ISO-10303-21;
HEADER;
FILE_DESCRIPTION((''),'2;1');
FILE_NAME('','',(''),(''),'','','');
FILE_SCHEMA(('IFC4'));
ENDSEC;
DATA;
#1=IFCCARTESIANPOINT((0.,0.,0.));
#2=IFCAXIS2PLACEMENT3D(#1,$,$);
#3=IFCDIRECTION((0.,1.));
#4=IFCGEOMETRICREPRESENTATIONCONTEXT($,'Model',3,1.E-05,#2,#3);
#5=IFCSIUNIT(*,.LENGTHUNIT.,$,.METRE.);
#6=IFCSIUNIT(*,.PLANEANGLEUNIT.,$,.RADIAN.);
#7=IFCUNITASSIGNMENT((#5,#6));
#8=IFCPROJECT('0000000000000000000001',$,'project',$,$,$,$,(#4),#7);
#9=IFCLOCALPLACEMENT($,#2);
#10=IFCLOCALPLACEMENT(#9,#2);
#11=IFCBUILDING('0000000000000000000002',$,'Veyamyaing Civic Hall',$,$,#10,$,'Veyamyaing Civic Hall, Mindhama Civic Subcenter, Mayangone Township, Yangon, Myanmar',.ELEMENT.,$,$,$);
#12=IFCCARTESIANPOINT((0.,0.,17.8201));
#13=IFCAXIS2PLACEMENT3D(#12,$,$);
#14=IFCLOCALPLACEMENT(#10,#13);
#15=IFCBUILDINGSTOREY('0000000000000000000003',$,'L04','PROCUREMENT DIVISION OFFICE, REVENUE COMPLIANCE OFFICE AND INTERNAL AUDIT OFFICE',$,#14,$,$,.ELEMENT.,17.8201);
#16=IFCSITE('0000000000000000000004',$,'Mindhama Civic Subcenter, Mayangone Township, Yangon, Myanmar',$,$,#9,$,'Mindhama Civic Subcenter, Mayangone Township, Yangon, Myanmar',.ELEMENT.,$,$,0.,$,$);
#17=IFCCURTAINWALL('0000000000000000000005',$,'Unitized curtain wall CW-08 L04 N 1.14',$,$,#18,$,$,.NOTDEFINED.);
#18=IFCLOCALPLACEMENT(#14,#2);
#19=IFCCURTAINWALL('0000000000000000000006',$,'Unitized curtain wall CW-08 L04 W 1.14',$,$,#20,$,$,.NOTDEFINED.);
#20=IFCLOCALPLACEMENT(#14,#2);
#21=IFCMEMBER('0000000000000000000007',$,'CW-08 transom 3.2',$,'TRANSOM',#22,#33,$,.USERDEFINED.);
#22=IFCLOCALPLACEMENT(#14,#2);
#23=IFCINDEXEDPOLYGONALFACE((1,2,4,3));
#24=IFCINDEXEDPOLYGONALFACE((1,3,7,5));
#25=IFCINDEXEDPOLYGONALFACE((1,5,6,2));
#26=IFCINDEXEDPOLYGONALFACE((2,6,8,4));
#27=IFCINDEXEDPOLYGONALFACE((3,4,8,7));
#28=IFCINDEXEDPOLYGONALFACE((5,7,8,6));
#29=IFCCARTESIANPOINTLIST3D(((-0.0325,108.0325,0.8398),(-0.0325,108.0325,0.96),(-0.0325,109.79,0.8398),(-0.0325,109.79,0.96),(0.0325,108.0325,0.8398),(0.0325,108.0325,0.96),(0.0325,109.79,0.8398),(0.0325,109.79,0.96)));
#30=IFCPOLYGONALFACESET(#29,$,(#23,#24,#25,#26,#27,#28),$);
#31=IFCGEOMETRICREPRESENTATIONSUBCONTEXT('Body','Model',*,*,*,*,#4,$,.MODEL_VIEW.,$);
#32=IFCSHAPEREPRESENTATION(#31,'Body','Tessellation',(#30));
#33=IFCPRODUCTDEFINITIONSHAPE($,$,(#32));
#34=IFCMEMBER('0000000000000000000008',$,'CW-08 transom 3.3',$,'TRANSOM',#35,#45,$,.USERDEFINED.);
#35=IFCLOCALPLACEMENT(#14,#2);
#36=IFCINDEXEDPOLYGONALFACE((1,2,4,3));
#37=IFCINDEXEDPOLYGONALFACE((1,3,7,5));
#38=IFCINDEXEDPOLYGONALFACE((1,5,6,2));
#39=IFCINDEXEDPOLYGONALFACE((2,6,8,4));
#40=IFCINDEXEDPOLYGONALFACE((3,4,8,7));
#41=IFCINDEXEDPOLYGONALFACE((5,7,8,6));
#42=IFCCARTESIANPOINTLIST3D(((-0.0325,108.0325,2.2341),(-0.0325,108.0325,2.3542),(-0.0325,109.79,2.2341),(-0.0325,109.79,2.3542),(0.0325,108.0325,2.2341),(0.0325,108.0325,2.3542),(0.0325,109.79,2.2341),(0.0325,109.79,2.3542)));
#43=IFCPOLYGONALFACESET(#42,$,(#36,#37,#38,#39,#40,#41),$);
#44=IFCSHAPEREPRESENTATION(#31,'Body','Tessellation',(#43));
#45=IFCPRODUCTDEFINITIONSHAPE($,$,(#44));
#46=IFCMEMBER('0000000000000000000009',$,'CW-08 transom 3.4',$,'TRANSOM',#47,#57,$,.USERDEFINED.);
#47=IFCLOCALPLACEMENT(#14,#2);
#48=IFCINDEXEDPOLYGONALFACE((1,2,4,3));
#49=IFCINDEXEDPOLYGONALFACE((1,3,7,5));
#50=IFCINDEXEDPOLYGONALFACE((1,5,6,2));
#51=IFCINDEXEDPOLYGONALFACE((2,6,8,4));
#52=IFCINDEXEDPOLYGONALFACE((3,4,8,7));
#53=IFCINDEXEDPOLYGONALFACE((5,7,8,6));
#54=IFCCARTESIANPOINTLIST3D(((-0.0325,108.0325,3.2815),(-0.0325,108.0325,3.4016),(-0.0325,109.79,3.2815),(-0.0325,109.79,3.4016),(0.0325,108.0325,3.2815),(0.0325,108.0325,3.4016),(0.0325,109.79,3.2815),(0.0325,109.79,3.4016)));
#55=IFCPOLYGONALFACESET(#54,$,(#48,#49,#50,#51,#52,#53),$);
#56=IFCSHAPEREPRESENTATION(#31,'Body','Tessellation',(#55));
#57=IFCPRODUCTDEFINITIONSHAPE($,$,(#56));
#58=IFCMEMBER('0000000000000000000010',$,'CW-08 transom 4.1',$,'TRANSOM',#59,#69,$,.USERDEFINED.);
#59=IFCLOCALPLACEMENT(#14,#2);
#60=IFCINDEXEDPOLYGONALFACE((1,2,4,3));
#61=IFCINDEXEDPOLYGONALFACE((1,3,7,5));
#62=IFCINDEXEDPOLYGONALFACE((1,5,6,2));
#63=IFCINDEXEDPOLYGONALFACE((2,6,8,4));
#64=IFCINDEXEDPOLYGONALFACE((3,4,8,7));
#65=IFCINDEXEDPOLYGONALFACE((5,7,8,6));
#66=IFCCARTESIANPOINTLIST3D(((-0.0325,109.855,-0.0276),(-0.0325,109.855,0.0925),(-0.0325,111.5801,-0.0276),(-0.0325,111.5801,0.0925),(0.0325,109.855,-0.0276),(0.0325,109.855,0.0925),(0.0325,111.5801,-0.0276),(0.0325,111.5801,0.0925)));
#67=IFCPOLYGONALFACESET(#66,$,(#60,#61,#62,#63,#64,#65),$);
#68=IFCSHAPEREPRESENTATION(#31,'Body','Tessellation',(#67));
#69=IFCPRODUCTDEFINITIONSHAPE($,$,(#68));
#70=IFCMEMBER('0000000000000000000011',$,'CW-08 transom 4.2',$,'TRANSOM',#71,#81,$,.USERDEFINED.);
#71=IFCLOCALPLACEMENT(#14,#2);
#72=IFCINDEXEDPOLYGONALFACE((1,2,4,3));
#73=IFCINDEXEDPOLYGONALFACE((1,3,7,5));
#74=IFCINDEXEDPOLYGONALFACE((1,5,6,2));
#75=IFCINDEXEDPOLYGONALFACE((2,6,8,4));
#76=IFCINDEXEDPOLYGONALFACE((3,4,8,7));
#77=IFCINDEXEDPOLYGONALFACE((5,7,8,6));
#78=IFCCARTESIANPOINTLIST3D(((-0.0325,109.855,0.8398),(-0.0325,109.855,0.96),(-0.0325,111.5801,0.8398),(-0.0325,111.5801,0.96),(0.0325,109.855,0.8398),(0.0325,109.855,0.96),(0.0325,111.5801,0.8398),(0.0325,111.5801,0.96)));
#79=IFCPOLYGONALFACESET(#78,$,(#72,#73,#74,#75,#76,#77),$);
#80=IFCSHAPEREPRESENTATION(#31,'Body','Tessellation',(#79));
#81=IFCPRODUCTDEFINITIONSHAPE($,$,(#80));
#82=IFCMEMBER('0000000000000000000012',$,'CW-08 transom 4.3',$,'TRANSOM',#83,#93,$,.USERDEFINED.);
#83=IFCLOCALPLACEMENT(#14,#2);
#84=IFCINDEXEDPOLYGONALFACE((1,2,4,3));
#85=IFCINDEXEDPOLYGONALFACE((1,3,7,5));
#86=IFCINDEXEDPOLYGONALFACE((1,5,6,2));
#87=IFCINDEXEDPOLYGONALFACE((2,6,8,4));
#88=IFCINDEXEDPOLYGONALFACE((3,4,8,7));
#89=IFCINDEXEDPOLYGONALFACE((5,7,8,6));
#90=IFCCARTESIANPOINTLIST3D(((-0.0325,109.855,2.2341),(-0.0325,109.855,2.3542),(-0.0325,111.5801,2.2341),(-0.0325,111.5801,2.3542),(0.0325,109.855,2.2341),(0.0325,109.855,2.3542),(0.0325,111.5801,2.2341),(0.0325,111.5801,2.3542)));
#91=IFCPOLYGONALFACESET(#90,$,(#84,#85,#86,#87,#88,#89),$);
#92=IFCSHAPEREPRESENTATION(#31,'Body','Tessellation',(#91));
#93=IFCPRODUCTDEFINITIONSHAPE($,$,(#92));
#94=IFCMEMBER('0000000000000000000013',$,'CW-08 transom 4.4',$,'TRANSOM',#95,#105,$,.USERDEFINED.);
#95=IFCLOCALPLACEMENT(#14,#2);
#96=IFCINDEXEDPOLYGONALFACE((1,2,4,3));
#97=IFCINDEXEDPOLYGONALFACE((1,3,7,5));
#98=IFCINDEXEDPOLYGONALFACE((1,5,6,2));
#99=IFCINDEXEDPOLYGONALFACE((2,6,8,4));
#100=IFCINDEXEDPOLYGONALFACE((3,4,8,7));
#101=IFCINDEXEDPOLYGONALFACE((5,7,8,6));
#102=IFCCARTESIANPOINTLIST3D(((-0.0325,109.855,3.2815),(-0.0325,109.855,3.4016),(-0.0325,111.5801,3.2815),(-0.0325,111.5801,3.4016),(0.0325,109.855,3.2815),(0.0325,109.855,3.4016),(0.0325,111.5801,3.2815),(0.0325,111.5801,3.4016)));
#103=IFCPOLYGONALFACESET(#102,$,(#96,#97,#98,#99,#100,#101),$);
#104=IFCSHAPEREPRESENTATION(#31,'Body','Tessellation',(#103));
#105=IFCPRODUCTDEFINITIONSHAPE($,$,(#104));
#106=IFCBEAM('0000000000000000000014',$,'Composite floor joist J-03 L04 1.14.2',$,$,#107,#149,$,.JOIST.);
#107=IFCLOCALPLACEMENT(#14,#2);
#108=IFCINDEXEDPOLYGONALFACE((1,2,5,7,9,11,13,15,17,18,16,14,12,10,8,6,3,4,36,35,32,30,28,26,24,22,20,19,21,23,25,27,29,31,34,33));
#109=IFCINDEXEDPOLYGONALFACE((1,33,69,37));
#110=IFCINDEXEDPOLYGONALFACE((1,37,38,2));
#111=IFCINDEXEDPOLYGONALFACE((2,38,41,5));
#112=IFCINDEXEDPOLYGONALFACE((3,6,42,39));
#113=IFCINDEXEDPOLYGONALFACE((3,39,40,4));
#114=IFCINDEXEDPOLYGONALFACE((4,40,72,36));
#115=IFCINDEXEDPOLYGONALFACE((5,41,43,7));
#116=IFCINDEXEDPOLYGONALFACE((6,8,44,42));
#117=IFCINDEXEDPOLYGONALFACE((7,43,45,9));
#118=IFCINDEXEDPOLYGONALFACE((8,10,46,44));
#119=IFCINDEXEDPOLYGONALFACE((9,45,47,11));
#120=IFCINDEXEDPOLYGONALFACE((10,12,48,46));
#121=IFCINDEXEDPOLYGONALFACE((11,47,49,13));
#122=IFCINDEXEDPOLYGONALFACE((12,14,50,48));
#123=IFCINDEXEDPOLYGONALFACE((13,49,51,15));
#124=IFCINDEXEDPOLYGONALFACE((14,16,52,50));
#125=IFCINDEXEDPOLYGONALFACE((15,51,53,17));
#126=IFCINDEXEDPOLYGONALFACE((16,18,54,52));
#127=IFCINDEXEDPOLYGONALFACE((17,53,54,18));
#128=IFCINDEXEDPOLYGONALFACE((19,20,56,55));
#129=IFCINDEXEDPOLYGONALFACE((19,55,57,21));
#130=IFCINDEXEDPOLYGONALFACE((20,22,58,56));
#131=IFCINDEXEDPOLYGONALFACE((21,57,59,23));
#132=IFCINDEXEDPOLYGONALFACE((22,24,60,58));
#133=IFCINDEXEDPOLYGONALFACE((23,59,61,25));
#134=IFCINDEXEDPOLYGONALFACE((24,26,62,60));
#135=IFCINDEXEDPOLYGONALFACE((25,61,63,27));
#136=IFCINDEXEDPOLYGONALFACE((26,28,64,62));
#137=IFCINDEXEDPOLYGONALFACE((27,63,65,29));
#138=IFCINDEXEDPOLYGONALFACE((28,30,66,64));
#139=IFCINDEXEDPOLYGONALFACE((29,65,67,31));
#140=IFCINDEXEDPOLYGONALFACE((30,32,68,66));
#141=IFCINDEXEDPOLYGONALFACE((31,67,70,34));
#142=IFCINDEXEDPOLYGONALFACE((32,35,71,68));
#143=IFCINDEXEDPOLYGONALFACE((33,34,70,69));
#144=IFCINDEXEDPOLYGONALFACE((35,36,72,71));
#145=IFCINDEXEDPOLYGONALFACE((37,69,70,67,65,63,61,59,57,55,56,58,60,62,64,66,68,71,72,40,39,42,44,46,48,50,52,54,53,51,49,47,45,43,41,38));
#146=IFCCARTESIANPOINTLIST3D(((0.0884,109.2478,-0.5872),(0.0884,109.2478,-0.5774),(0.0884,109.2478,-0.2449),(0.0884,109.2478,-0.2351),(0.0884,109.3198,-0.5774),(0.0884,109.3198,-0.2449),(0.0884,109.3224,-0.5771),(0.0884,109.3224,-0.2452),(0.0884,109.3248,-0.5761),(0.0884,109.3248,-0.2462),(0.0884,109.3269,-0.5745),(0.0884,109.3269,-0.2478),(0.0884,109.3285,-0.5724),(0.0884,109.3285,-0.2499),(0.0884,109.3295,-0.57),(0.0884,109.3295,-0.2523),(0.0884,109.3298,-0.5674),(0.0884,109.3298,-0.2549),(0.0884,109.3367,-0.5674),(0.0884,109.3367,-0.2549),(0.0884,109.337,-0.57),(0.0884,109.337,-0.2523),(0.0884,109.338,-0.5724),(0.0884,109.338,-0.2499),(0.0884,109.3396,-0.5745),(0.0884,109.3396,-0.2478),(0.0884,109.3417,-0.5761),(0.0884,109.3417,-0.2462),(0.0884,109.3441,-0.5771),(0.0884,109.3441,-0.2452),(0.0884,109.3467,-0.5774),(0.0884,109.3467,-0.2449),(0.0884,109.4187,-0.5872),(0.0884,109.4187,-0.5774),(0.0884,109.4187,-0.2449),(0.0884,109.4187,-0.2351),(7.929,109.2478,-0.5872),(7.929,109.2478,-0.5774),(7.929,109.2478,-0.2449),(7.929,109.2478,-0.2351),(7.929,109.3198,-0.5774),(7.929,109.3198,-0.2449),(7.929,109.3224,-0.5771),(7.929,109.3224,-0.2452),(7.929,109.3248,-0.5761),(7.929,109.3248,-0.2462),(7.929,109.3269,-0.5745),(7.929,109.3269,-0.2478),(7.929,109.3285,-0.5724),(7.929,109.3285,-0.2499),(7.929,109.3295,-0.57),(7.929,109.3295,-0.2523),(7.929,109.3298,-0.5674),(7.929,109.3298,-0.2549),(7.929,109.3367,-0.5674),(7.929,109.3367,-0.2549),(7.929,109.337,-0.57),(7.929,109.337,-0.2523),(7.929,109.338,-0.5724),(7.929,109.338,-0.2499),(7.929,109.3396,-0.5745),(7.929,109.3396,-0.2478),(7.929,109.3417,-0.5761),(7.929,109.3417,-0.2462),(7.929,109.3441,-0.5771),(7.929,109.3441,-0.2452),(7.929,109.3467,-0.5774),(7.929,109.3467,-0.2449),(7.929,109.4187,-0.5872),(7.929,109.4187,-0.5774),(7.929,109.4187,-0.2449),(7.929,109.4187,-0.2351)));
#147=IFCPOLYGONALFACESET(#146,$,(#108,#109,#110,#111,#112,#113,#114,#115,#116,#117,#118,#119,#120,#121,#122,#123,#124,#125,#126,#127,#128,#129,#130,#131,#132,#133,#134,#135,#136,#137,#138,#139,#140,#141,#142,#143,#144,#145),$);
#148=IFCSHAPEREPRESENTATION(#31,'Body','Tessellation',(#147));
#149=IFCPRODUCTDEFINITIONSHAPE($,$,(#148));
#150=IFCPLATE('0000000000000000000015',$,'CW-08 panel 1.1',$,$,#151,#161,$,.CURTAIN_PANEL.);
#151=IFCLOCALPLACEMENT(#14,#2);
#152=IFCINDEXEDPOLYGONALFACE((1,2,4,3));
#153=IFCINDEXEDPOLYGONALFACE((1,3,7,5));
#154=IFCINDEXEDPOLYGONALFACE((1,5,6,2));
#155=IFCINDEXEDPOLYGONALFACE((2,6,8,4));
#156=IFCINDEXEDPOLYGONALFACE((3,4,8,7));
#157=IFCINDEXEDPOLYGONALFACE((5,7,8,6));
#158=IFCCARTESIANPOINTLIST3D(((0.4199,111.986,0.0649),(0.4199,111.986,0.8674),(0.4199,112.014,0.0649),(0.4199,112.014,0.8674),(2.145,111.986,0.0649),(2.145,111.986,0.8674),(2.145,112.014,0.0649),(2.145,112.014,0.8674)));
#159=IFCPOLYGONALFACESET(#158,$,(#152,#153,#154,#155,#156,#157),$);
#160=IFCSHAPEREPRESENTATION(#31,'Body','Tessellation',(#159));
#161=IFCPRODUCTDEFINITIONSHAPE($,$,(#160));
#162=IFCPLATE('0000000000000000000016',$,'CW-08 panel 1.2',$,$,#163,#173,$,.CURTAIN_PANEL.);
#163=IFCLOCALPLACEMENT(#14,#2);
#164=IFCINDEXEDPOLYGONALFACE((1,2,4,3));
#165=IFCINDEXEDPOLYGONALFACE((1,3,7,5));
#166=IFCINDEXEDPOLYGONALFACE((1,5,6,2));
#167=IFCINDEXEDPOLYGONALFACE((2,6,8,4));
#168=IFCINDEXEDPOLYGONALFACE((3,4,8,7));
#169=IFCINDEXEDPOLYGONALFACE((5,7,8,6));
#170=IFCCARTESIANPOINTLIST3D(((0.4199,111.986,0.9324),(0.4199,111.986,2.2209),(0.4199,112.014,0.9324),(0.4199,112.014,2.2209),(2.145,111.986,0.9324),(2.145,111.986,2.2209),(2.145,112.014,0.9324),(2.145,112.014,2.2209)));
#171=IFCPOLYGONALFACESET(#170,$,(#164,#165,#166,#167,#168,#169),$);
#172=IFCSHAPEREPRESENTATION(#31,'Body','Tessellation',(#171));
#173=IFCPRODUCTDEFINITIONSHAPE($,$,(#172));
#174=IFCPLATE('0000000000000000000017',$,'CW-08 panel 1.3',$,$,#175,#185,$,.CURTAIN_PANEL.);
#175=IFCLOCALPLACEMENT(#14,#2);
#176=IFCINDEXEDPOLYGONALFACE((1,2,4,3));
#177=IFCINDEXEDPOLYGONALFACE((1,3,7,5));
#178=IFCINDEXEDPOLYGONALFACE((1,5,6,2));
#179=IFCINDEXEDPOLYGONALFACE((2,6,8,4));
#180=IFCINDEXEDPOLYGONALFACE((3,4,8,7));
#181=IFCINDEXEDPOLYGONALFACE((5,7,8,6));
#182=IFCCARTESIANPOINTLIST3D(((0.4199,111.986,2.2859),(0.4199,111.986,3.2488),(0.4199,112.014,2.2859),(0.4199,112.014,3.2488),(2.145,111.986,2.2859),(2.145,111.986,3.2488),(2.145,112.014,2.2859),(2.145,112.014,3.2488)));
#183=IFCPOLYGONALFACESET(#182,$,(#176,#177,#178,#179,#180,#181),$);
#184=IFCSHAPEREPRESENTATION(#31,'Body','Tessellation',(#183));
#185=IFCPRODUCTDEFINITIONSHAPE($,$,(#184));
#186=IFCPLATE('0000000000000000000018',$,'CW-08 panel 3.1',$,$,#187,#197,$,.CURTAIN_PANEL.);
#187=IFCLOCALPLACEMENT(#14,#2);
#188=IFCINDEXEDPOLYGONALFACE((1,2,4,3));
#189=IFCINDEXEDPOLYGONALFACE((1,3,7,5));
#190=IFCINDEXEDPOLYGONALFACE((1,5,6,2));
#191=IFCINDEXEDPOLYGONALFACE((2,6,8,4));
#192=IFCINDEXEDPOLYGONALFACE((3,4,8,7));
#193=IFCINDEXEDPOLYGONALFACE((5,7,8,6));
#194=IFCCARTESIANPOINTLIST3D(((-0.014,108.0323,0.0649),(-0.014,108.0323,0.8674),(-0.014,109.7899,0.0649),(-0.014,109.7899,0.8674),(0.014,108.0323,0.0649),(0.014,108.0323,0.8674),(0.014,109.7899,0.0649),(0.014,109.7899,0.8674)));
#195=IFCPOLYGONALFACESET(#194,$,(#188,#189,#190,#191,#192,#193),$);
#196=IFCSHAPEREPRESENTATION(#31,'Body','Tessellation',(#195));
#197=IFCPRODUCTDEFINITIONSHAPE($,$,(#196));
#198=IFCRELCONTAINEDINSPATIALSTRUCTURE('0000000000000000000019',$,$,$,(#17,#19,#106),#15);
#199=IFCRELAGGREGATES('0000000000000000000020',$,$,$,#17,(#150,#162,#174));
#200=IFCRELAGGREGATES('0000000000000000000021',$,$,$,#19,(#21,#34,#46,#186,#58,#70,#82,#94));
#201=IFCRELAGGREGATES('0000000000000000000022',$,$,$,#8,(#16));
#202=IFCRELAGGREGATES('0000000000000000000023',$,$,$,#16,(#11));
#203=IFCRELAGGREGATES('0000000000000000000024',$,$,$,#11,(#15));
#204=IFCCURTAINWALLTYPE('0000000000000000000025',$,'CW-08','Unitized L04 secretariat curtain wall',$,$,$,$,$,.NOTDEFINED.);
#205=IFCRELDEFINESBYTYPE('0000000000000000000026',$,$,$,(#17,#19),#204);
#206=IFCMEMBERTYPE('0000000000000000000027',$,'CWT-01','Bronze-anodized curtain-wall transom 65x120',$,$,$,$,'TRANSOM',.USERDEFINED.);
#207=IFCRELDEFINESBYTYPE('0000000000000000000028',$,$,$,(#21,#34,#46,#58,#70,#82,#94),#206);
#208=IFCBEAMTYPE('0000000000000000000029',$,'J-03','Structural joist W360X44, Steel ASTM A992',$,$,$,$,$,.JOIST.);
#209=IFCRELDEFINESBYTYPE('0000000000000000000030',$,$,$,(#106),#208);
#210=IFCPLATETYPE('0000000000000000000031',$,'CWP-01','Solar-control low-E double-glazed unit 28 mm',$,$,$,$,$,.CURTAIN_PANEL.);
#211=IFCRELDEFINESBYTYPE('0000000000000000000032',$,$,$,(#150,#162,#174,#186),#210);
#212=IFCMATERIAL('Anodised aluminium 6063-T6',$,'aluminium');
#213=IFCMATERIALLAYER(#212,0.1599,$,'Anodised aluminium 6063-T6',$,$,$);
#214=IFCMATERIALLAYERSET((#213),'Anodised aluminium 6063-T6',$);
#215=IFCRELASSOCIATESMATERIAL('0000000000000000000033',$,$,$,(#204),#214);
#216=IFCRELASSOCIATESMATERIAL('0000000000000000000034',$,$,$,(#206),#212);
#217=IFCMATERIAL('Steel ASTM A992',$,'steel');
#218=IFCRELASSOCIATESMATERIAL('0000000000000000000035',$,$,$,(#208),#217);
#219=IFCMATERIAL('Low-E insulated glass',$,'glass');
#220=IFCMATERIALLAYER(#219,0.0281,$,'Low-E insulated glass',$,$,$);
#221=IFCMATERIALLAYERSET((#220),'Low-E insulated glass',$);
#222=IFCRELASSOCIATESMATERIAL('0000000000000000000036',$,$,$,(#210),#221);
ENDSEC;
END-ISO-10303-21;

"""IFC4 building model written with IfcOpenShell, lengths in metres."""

from ifc_helpers import new_model, si_unit, direction, frame, origin, origin_2d, place, context, subcontext, project, spatial, rectangle, i_section, extrude, material, layer, layer_set, material_profile, profile_set, type_object, element, aggregate, save


model = new_model("IFC4")

# Units and contexts
model_context = context("Model", 3, precision=1e-05, world=origin(), true_north=direction((0.0, 1.0)))
body_context = subcontext(model_context, "Body", "Model", "MODEL_VIEW")
ifc_project = project(units=[si_unit("LENGTHUNIT", "METRE"), si_unit("PLANEANGLEUNIT", "RADIAN")], contexts=[model_context])

# Site, building, storey
site_placement = place(None, origin())
site = spatial("IfcSite", under=ifc_project, at=site_placement, Name="Mindhama Civic Subcenter, Mayangone Township, Yangon, Myanmar", LongName="Mindhama Civic Subcenter, Mayangone Township, Yangon, Myanmar", CompositionType="ELEMENT", RefElevation=0.0)
building_placement = place(site_placement, origin())
building = spatial("IfcBuilding", under=site, at=building_placement, Name="Veyamyaing Civic Hall", LongName="Veyamyaing Civic Hall, Mindhama Civic Subcenter, Mayangone Township, Yangon, Myanmar", CompositionType="ELEMENT")
storey_placement = place(building_placement, frame((0.0, 0.0, 17.8201)))
storey = spatial("IfcBuildingStorey", under=building, at=storey_placement, Name="L04", Description="PROCUREMENT DIVISION OFFICE, REVENUE COMPLIANCE OFFICE AND INTERNAL AUDIT OFFICE", CompositionType="ELEMENT", Elevation=17.8201)

# Shared definitions
ifc_material_1 = material(Name="Steel ASTM A992", Category="steel")

# Curtain wall
ifc_material_2 = material(Name="Anodised aluminium 6063-T6", Category="aluminium")
ifc_layer_1 = layer(ifc_material_2, 0.1599, Name="Anodised aluminium 6063-T6")
ifc_layer_set_1 = layer_set([ifc_layer_1], Name="Anodised aluminium 6063-T6")
curtain_wall_type = type_object("IfcCurtainWallType", Name="CW-08", Description="Unitized L04 secretariat curtain wall", PredefinedType="NOTDEFINED", material=ifc_layer_set_1)
curtain_wall_1_placement = place(storey_placement, origin())
curtain_wall_1 = element("IfcCurtainWall", 1, at=curtain_wall_1_placement, inside=storey, type_object=curtain_wall_type, Name="Unitized curtain wall CW-08 L04 N 1.14", PredefinedType="NOTDEFINED")

# Curtain wall
curtain_wall_2_placement = place(storey_placement, origin())
curtain_wall_2 = element("IfcCurtainWall", 2, at=curtain_wall_2_placement, inside=storey, type_object=curtain_wall_type, Name="Unitized curtain wall CW-08 L04 W 1.14", PredefinedType="NOTDEFINED")

# Members
ifc_material_profile_1 = material_profile(ifc_material_2, rectangle(XDim=0.0649, YDim=0.1201, at=origin_2d()), Name="ALU-TRN-65X120")
ifc_profile_set_1 = profile_set([ifc_material_profile_1], Name="Anodised aluminium 6063-T6")
member_type_1 = type_object("IfcMemberType", Name="CWT-01", Description="Bronze-anodized curtain-wall transom 65x120", ElementType="TRANSOM", PredefinedType="USERDEFINED", material=ifc_profile_set_1)
member_1_placement = place(storey_placement, frame((0.0, 108.0325, 0.8999), z_axis=(0.0, 1.0, 0.0), x_axis=(-1.0, 0.0, 0.0)))
member_1 = element("IfcMember", 3, at=member_1_placement, type_object=member_type_1, Name="CW-08 transom 3.2", ObjectType="TRANSOM", PredefinedType="USERDEFINED", context=body_context, shape_type="SweptSolid", body=[
    extrude(rectangle(XDim=0.0649, YDim=0.1201, at=origin_2d()), origin(), (0.0, 0.0, 1.0), 1.7576),
])
member_2_placement = place(storey_placement, frame((0.0, 108.0325, 2.2942), z_axis=(0.0, 1.0, 0.0), x_axis=(-1.0, 0.0, 0.0)))
member_2 = element("IfcMember", 4, at=member_2_placement, type_object=member_type_1, Name="CW-08 transom 3.3", ObjectType="TRANSOM", PredefinedType="USERDEFINED", context=body_context, shape_type="SweptSolid", body=[
    extrude(rectangle(XDim=0.0649, YDim=0.1201, at=origin_2d()), origin(), (0.0, 0.0, 1.0), 1.7576),
])
member_3_placement = place(storey_placement, frame((0.0, 108.0325, 3.3416), z_axis=(0.0, 1.0, 0.0), x_axis=(-1.0, 0.0, 0.0)))
member_3 = element("IfcMember", 5, at=member_3_placement, type_object=member_type_1, Name="CW-08 transom 3.4", ObjectType="TRANSOM", PredefinedType="USERDEFINED", context=body_context, shape_type="SweptSolid", body=[
    extrude(rectangle(XDim=0.0649, YDim=0.1201, at=origin_2d()), origin(), (0.0, 0.0, 1.0), 1.7576),
])
member_4_placement = place(storey_placement, frame((0.0, 109.855, 0.0325), z_axis=(0.0, 1.0, 0.0), x_axis=(-1.0, 0.0, 0.0)))
member_4 = element("IfcMember", 6, at=member_4_placement, type_object=member_type_1, Name="CW-08 transom 4.1", ObjectType="TRANSOM", PredefinedType="USERDEFINED", context=body_context, shape_type="SweptSolid", body=[
    extrude(rectangle(XDim=0.0649, YDim=0.1201, at=origin_2d()), origin(), (0.0, 0.0, 1.0), 1.7251),
])
member_5_placement = place(storey_placement, frame((0.0, 109.855, 0.8999), z_axis=(0.0, 1.0, 0.0), x_axis=(-1.0, 0.0, 0.0)))
member_5 = element("IfcMember", 7, at=member_5_placement, type_object=member_type_1, Name="CW-08 transom 4.2", ObjectType="TRANSOM", PredefinedType="USERDEFINED", context=body_context, shape_type="SweptSolid", body=[
    extrude(rectangle(XDim=0.0649, YDim=0.1201, at=origin_2d()), origin(), (0.0, 0.0, 1.0), 1.7251),
])
member_6_placement = place(storey_placement, frame((0.0, 109.855, 2.2942), z_axis=(0.0, 1.0, 0.0), x_axis=(-1.0, 0.0, 0.0)))
member_6 = element("IfcMember", 8, at=member_6_placement, type_object=member_type_1, Name="CW-08 transom 4.3", ObjectType="TRANSOM", PredefinedType="USERDEFINED", context=body_context, shape_type="SweptSolid", body=[
    extrude(rectangle(XDim=0.0649, YDim=0.1201, at=origin_2d()), origin(), (0.0, 0.0, 1.0), 1.7251),
])
member_7_placement = place(storey_placement, frame((0.0, 109.855, 3.3416), z_axis=(0.0, 1.0, 0.0), x_axis=(-1.0, 0.0, 0.0)))
member_7 = element("IfcMember", 9, at=member_7_placement, type_object=member_type_1, Name="CW-08 transom 4.4", ObjectType="TRANSOM", PredefinedType="USERDEFINED", context=body_context, shape_type="SweptSolid", body=[
    extrude(rectangle(XDim=0.0649, YDim=0.1201, at=origin_2d()), origin(), (0.0, 0.0, 1.0), 1.7251),
])

# Beam
ifc_material_profile_2 = material_profile(ifc_material_1, i_section(OverallWidth=0.1709, OverallDepth=0.3521, WebThickness=0.0068, FlangeThickness=0.0098, FilletRadius=0.01, at=origin_2d()), Name="W360X44")
ifc_profile_set_2 = profile_set([ifc_material_profile_2], Name="Steel ASTM A992")
beam_type_1 = type_object("IfcBeamType", Name="J-03", Description="Structural joist W360X44, Steel ASTM A992", PredefinedType="JOIST", material=ifc_profile_set_2)
beam_1_placement = place(storey_placement, frame((0.0884, 109.3333, -0.4111), z_axis=(1.0, 0.0, 0.0), x_axis=(0.0, 1.0, 0.0)))
element("IfcBeam", 10, at=beam_1_placement, inside=storey, type_object=beam_type_1, Name="Composite floor joist J-03 L04 1.14.2", PredefinedType="JOIST", context=body_context, shape_type="SweptSolid", body=[
    extrude(i_section(OverallWidth=0.1709, OverallDepth=0.3521, WebThickness=0.0068, FlangeThickness=0.0098, FilletRadius=0.01, at=origin_2d()), origin(), (0.0, 0.0, 1.0), 7.8406),
])

# Plates
ifc_material_3 = material(Name="Low-E insulated glass", Category="glass")
ifc_layer_2 = layer(ifc_material_3, 0.0281, Name="Low-E insulated glass")
ifc_layer_set_2 = layer_set([ifc_layer_2], Name="Low-E insulated glass")
plate_type = type_object("IfcPlateType", Name="CWP-01", Description="Solar-control low-E double-glazed unit 28 mm", PredefinedType="CURTAIN_PANEL", material=ifc_layer_set_2)
plate_1_placement = place(storey_placement, frame((1.2825, 112.0, 0.0649), z_axis=(0.0, 0.0, 1.0), x_axis=(1.0, 0.0, 0.0)))
plate_1 = element("IfcPlate", 11, at=plate_1_placement, type_object=plate_type, Name="CW-08 panel 1.1", PredefinedType="CURTAIN_PANEL", context=body_context, shape_type="SweptSolid", body=[
    extrude(rectangle(XDim=1.7251, YDim=0.0281, at=origin_2d()), origin(), (0.0, 0.0, 1.0), 0.8025),
])
plate_2_placement = place(storey_placement, frame((1.2825, 112.0, 0.9324), z_axis=(0.0, 0.0, 1.0), x_axis=(1.0, 0.0, 0.0)))
plate_2 = element("IfcPlate", 12, at=plate_2_placement, type_object=plate_type, Name="CW-08 panel 1.2", PredefinedType="CURTAIN_PANEL", context=body_context, shape_type="SweptSolid", body=[
    extrude(rectangle(XDim=1.7251, YDim=0.0281, at=origin_2d()), origin(), (0.0, 0.0, 1.0), 1.2886),
])
plate_3_placement = place(storey_placement, frame((1.2825, 112.0, 2.2859), z_axis=(0.0, 0.0, 1.0), x_axis=(1.0, 0.0, 0.0)))
plate_3 = element("IfcPlate", 13, at=plate_3_placement, type_object=plate_type, Name="CW-08 panel 1.3", PredefinedType="CURTAIN_PANEL", context=body_context, shape_type="SweptSolid", body=[
    extrude(rectangle(XDim=1.7251, YDim=0.0281, at=origin_2d()), origin(), (0.0, 0.0, 1.0), 0.9629),
])
aggregate(curtain_wall_1, [plate_1, plate_2, plate_3])
plate_4_placement = place(storey_placement, frame((0.0, 108.9111, 0.0649), z_axis=(0.0, 0.0, 1.0), x_axis=(0.0, 1.0, 0.0)))
plate_4 = element("IfcPlate", 14, at=plate_4_placement, type_object=plate_type, Name="CW-08 panel 3.1", PredefinedType="CURTAIN_PANEL", context=body_context, shape_type="SweptSolid", body=[
    extrude(rectangle(XDim=1.7576, YDim=0.0281, at=origin_2d()), origin(), (0.0, 0.0, 1.0), 0.8025),
])
aggregate(curtain_wall_2, [member_1, member_2, member_3, plate_4, member_4, member_5, member_6, member_7])

save(model, "model.ifc")
